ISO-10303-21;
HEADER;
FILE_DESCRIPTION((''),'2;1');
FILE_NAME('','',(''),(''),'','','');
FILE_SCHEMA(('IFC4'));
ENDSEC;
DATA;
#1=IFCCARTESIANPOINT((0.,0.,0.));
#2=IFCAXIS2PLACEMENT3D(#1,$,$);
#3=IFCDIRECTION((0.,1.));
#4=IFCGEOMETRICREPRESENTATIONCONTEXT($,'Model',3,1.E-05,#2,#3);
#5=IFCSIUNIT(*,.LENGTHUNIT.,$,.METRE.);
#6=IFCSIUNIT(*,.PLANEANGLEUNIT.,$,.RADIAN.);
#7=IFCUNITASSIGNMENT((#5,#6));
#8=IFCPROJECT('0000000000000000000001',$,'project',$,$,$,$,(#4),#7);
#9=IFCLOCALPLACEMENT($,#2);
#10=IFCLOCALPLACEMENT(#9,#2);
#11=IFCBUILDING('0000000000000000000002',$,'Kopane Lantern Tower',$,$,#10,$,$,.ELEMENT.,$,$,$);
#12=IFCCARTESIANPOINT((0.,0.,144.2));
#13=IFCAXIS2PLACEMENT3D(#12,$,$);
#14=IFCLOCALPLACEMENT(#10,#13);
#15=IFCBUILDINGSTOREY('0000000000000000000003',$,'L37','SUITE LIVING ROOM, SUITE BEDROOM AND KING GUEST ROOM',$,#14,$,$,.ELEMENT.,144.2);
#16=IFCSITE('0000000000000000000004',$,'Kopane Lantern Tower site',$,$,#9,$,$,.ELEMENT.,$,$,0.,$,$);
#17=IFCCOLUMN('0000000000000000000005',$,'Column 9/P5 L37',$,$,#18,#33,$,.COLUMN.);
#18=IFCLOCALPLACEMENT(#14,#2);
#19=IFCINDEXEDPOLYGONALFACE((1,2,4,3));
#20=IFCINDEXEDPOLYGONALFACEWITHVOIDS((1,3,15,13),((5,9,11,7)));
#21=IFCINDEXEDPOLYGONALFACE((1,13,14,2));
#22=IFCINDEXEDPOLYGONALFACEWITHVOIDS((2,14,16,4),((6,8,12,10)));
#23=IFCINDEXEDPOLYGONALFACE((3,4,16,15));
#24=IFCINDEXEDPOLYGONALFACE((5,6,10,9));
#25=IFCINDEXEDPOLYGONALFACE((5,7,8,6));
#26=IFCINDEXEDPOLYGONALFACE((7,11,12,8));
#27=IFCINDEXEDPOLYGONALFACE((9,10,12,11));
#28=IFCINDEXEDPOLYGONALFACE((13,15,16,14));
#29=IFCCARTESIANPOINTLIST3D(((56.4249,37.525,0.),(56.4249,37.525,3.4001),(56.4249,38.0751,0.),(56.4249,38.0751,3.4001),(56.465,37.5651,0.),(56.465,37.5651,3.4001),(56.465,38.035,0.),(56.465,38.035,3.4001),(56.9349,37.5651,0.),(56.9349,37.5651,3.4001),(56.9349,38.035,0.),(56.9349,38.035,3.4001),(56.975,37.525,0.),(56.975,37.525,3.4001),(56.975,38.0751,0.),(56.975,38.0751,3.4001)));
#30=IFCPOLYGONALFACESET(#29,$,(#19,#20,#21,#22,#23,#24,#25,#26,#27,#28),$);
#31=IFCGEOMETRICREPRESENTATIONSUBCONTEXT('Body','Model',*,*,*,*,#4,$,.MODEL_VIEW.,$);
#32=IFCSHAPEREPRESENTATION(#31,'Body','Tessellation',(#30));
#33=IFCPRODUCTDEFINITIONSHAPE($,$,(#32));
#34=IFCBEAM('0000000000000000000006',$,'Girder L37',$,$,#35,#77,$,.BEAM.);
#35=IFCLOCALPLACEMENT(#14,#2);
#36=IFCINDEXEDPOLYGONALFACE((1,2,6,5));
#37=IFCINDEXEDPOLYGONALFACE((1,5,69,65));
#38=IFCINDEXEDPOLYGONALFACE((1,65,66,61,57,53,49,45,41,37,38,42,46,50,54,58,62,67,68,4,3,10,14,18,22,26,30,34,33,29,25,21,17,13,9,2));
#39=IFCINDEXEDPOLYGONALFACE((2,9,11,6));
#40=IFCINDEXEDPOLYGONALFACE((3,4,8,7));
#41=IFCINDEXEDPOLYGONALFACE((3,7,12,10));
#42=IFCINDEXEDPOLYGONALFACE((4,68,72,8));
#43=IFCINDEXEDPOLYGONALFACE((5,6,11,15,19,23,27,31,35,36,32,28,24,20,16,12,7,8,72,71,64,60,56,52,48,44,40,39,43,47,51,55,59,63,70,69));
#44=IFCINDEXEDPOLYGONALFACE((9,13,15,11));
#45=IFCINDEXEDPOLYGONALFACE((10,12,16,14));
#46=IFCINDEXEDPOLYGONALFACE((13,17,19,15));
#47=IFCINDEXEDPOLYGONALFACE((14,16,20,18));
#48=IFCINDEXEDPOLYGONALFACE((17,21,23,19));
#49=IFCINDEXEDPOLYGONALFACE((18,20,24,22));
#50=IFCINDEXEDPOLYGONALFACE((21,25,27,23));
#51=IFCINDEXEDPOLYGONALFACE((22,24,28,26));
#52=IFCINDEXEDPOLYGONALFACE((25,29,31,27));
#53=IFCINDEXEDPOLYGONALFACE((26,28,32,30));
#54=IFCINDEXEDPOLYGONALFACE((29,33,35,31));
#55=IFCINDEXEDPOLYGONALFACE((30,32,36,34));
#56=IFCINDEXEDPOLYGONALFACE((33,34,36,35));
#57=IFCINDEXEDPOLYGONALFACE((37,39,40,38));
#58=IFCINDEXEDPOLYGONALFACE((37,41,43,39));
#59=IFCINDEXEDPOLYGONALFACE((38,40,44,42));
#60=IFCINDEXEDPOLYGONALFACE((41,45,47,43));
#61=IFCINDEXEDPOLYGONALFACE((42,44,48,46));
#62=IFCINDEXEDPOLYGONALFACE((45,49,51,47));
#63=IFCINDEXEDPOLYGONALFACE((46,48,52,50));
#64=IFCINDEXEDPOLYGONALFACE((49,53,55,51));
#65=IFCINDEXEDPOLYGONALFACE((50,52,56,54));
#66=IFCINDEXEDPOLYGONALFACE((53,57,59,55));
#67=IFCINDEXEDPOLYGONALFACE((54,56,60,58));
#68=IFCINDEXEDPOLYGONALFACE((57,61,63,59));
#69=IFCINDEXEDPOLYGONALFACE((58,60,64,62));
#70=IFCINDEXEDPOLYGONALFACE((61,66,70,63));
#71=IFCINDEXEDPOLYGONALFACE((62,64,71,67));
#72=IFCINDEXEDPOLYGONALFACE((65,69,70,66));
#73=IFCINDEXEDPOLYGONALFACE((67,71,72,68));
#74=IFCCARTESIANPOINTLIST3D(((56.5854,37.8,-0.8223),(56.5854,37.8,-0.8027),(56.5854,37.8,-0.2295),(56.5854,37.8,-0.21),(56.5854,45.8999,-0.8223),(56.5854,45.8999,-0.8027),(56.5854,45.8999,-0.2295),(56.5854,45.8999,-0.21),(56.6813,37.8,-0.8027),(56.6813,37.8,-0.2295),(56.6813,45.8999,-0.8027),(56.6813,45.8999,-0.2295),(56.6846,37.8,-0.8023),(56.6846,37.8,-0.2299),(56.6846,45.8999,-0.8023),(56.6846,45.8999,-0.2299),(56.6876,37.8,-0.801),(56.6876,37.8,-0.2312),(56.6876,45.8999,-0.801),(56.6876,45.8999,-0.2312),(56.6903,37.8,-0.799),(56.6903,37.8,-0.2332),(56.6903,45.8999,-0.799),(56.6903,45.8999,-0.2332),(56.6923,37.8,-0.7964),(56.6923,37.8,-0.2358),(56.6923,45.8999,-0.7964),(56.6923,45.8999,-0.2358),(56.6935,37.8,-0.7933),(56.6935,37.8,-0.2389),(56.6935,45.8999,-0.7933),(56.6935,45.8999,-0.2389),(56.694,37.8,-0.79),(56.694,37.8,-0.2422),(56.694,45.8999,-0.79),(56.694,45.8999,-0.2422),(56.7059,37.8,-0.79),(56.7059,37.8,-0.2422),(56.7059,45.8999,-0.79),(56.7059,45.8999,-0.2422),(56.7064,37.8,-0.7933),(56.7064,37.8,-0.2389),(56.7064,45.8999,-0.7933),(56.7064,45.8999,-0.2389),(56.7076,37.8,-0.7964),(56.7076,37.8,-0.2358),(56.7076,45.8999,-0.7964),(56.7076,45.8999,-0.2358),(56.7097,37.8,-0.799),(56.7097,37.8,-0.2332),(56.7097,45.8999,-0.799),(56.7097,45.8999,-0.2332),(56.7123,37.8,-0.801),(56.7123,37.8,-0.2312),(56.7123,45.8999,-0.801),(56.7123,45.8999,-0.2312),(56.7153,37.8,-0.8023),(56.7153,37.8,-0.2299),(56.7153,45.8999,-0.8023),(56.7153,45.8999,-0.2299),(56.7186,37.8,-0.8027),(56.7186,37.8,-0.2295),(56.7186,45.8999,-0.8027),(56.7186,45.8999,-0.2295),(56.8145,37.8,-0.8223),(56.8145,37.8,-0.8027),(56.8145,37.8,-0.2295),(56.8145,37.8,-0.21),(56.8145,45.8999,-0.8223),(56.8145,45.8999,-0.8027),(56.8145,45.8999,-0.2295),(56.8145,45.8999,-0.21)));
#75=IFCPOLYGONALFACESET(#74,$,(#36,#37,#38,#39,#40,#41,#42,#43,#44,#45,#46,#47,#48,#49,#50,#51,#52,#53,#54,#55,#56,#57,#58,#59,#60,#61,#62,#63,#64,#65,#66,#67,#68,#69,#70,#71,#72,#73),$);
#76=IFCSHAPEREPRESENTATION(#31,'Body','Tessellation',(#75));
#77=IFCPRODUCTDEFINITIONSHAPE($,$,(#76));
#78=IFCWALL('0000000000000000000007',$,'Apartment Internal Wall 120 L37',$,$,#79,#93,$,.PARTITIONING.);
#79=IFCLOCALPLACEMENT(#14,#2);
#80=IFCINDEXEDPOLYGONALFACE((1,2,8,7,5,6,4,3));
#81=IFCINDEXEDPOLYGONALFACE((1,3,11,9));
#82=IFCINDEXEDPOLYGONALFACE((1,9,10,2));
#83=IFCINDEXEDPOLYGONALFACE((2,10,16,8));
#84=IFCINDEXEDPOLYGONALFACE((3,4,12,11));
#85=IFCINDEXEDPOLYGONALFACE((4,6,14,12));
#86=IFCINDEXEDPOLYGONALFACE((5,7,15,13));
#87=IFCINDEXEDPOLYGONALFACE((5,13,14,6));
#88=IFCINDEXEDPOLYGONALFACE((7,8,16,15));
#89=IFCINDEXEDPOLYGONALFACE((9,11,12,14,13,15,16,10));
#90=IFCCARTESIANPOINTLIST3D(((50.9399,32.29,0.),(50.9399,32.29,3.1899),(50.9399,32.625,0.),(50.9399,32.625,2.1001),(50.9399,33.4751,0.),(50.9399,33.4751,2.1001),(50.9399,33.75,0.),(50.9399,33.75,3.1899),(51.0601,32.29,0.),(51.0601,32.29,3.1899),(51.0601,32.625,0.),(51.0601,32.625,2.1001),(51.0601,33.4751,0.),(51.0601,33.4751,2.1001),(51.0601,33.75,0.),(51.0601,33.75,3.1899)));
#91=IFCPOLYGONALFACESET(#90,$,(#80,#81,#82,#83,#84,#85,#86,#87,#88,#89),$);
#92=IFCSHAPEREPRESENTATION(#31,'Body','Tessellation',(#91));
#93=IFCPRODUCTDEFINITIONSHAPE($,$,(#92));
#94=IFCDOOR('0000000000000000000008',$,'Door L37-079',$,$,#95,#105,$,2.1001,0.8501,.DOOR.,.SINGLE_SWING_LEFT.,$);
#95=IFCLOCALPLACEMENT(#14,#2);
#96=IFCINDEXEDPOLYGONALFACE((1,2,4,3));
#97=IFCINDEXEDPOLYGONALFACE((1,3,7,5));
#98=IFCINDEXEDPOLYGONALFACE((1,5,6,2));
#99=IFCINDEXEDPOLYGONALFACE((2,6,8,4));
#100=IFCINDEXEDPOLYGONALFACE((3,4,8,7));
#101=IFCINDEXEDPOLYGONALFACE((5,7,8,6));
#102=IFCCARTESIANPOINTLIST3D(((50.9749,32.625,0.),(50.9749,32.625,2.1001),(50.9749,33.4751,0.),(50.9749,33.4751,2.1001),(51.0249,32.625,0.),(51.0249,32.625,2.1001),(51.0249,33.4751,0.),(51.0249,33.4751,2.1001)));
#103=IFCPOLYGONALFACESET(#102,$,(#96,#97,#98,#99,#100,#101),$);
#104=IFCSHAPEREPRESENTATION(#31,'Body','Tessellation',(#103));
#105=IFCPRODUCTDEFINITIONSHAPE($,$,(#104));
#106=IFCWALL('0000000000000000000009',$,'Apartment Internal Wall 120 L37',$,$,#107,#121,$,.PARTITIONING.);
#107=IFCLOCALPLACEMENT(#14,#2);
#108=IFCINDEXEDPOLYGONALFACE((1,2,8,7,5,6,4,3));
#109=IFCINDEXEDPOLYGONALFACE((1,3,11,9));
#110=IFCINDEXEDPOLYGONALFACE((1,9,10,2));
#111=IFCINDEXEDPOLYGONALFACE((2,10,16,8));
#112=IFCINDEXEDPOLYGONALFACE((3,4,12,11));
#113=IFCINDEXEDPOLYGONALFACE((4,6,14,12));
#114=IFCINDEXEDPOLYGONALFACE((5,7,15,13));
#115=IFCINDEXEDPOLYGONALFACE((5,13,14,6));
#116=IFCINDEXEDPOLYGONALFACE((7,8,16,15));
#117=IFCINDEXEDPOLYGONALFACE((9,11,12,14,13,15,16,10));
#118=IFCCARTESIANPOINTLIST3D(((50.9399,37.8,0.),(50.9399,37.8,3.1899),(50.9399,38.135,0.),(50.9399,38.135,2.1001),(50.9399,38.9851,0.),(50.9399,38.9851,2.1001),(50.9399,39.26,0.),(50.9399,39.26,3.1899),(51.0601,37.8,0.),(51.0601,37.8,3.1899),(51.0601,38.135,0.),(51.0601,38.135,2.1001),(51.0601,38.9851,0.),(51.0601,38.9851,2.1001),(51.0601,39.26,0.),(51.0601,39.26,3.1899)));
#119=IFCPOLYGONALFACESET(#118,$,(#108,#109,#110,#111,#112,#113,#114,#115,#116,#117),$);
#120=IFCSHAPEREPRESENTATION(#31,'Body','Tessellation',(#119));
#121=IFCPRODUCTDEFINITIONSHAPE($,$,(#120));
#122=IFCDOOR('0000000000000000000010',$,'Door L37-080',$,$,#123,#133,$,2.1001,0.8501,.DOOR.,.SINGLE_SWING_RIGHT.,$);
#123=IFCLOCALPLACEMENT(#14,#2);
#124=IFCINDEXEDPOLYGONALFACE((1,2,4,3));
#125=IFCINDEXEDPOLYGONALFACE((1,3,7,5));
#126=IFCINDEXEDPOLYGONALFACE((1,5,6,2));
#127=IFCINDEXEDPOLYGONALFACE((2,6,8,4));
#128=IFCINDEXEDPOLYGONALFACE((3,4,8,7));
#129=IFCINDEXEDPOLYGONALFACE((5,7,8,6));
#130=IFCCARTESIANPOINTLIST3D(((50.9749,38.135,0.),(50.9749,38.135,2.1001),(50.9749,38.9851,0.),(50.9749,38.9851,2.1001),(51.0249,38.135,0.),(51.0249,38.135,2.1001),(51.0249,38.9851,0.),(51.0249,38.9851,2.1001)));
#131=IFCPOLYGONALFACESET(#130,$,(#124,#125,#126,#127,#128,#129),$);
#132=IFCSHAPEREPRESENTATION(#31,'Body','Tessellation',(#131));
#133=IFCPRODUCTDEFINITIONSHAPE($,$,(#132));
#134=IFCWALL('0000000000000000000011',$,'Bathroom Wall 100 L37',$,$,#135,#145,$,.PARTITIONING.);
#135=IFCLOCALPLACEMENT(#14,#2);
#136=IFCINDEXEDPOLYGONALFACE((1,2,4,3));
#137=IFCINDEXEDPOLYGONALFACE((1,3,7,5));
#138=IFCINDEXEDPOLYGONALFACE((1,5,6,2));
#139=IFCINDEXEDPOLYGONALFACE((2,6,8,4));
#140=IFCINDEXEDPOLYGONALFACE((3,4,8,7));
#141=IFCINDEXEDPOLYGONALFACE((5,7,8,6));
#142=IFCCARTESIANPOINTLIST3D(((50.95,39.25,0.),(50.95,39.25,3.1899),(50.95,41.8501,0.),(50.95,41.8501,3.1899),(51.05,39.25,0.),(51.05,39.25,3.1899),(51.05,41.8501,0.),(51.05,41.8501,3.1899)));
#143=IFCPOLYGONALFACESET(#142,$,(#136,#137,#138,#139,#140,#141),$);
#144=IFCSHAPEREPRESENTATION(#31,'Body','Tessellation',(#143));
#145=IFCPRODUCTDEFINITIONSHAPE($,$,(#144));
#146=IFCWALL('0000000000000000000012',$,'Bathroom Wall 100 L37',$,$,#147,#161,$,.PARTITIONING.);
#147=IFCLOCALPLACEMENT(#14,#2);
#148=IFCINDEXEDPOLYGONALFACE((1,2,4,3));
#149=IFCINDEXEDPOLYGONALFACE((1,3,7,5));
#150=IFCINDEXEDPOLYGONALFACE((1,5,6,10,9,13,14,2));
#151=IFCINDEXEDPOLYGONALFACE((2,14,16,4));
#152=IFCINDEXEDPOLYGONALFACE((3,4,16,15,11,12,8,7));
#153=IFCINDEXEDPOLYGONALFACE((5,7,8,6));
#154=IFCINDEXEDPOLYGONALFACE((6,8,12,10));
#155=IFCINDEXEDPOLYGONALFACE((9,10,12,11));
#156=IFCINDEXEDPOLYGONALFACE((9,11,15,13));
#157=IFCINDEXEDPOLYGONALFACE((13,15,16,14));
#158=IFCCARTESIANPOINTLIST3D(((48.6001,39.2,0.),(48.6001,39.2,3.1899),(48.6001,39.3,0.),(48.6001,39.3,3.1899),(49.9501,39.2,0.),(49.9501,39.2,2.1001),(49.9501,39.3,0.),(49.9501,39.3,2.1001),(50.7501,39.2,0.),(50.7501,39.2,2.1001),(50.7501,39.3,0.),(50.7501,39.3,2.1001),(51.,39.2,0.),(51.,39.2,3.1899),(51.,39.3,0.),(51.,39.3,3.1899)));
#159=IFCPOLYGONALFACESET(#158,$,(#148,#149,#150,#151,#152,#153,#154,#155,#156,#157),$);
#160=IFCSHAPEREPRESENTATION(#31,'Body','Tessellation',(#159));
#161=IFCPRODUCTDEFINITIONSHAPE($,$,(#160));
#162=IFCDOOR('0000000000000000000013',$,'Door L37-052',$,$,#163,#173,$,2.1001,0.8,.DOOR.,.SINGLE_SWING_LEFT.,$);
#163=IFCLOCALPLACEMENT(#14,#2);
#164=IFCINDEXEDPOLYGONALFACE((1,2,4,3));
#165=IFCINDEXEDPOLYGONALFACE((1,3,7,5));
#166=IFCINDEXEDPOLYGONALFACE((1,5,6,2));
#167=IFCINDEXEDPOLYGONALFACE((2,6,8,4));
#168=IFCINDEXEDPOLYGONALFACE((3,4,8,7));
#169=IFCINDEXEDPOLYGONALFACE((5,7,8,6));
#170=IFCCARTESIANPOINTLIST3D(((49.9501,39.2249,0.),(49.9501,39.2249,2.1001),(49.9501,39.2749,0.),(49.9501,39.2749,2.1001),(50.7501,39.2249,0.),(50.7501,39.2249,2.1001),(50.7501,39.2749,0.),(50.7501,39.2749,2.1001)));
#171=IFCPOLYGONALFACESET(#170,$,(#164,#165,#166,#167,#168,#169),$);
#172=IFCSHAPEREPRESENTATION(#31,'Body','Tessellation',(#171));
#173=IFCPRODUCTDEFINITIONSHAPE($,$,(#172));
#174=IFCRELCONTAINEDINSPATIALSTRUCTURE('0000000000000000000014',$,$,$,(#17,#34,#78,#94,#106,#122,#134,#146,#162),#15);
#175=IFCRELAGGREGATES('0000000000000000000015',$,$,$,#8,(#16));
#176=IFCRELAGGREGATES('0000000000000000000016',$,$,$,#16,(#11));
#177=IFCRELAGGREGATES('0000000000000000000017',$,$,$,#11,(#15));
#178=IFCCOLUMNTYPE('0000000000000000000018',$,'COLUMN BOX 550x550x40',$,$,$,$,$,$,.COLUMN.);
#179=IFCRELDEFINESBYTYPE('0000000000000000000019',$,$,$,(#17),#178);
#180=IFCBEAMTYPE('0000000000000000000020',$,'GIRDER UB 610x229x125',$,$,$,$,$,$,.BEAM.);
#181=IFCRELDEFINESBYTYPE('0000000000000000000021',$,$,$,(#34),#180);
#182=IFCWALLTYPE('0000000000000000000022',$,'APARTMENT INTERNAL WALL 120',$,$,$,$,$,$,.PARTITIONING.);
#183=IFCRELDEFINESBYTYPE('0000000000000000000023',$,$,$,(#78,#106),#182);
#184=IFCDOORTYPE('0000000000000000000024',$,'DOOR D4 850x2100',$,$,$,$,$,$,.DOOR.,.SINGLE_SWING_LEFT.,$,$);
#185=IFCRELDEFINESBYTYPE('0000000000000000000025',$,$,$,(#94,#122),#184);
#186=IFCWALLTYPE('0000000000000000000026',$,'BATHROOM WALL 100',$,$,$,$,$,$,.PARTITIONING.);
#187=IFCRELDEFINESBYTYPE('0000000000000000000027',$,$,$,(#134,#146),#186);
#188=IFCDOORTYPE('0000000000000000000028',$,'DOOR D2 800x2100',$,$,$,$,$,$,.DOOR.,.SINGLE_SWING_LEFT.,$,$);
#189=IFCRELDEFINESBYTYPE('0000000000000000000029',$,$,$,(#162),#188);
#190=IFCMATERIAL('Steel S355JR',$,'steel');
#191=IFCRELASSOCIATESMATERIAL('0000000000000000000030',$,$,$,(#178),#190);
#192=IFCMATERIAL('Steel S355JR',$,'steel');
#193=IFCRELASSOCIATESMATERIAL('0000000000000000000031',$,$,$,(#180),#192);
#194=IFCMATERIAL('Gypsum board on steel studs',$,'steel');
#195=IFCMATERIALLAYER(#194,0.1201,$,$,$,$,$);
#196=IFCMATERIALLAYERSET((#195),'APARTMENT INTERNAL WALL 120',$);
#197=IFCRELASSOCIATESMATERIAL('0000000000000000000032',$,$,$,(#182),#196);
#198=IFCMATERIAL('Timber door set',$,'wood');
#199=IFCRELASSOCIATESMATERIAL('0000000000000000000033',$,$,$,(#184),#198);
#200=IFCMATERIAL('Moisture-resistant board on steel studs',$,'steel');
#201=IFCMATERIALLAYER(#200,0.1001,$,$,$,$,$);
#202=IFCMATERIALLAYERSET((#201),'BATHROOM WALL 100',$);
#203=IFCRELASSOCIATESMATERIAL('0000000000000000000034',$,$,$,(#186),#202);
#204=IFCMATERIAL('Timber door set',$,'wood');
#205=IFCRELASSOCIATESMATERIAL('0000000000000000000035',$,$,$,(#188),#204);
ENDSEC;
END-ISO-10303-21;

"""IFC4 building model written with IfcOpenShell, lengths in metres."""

from ifc_helpers import new_model, si_unit, direction, frame, frame_2d, origin, origin_2d, place, context, subcontext, project, spatial, rectangle, hollow_rectangle, i_section, extrude, material, layer, layer_set, material_profile, profile_set, type_object, element, fill, save


model = new_model("IFC4")

# Units and contexts
model_context = context("Model", 3, precision=1e-05, world=origin(), true_north=direction((0.0, 1.0)))
body_context = subcontext(model_context, "Body", "Model", "MODEL_VIEW")
ifc_project = project(units=[si_unit("LENGTHUNIT", "METRE"), si_unit("PLANEANGLEUNIT", "RADIAN")], contexts=[model_context])

# Site, building, storey
site_placement = place(None, origin())
site = spatial("IfcSite", under=ifc_project, at=site_placement, Name="Kopane Lantern Tower site", CompositionType="ELEMENT", RefElevation=0.0)
building_placement = place(site_placement, origin())
building = spatial("IfcBuilding", under=site, at=building_placement, Name="Kopane Lantern Tower", CompositionType="ELEMENT")
storey_placement = place(building_placement, frame((0.0, 0.0, 144.2)))
storey = spatial("IfcBuildingStorey", under=building, at=storey_placement, Name="L37", Description="SUITE LIVING ROOM, SUITE BEDROOM AND KING GUEST ROOM", CompositionType="ELEMENT", Elevation=144.2)

# Column
ifc_material_1 = material(Name="Steel S355JR", Category="steel")
ifc_material_profile_1 = material_profile(ifc_material_1, hollow_rectangle(XDim=0.55, YDim=0.55, WallThickness=0.04, at=origin_2d()), Name="BOX 550x550x40")
ifc_profile_set_1 = profile_set([ifc_material_profile_1], Name="Steel S355JR")
column_type = type_object("IfcColumnType", Name="COLUMN BOX 550x550x40", PredefinedType="COLUMN", material=ifc_profile_set_1)
column_placement = place(storey_placement, frame((56.7, 37.8, 0.0), z_axis=(0.0, 0.0, 1.0), x_axis=(1.0, 0.0, 0.0)))
element("IfcColumn", 1, at=column_placement, inside=storey, type_object=column_type, Name="Column 9/P5 L37", PredefinedType="COLUMN", context=body_context, shape_type="SweptSolid", body=[
    extrude(hollow_rectangle(XDim=0.55, YDim=0.55, WallThickness=0.04, at=origin_2d()), origin(), (0.0, 0.0, 1.0), 3.4001),
])

# Beam
ifc_material_2 = material(Name="Steel S355JR", Category="steel")
ifc_material_profile_2 = material_profile(ifc_material_2, i_section(OverallWidth=0.229, OverallDepth=0.6123, WebThickness=0.012, FlangeThickness=0.0195, FilletRadius=0.0127, at=origin_2d()), Name="UB 610x229x125")
ifc_profile_set_2 = profile_set([ifc_material_profile_2], Name="Steel S355JR")
beam_type = type_object("IfcBeamType", Name="GIRDER UB 610x229x125", PredefinedType="BEAM", material=ifc_profile_set_2)
beam_placement = place(storey_placement, frame((56.7, 37.8, -0.5161), z_axis=(0.0, 1.0, 0.0), x_axis=(-1.0, 0.0, 0.0)))
element("IfcBeam", 2, at=beam_placement, inside=storey, type_object=beam_type, Name="Girder L37", PredefinedType="BEAM", context=body_context, shape_type="SweptSolid", body=[
    extrude(i_section(OverallWidth=0.229, OverallDepth=0.6123, WebThickness=0.012, FlangeThickness=0.0195, FilletRadius=0.0127, at=origin_2d()), origin(), (0.0, 0.0, 1.0), 8.0999),
])

# Walls, openings, doors
ifc_material_3 = material(Name="Gypsum board on steel studs", Category="steel")
ifc_layer_1 = layer(ifc_material_3, 0.1201)
ifc_layer_set_1 = layer_set([ifc_layer_1], Name="APARTMENT INTERNAL WALL 120")
wall_type_1 = type_object("IfcWallType", Name="APARTMENT INTERNAL WALL 120", PredefinedType="PARTITIONING", material=ifc_layer_set_1)
wall_1_placement = place(storey_placement, frame((51.0, 33.75, 0.0), z_axis=(0.0, 0.0, 1.0), x_axis=(0.0, -1.0, 0.0)))
wall_1 = element("IfcWall", 3, at=wall_1_placement, inside=storey, type_object=wall_type_1, Name="Apartment Internal Wall 120 L37", PredefinedType="PARTITIONING", context=body_context, shape_type="SweptSolid", body=[
    extrude(rectangle(XDim=1.46, YDim=0.1201, at=frame_2d((0.73, 0.0))), origin(), (0.0, 0.0, 1.0), 3.1899),
])
opening_1_placement = place(wall_1_placement, frame((0.2749, 0.0, 0.0)))
opening_1 = element("IfcOpeningElement", 4, at=opening_1_placement, cuts=wall_1, PredefinedType="OPENING", context=body_context, shape_type="SweptSolid", body=[
    extrude(rectangle(XDim=0.8501, YDim=2.1001, at=frame_2d((0.425, 1.05))), frame((0.0, 0.0701, 0.0), z_axis=(0.0, -1.0, 0.0), x_axis=(1.0, 0.0, 0.0)), (0.0, 0.0, 1.0), 0.1401),
])
ifc_material_4 = material(Name="Timber door set", Category="wood")
door_type_1 = type_object("IfcDoorType", Name="DOOR D4 850x2100", OperationType="SINGLE_SWING_LEFT", PredefinedType="DOOR", material=ifc_material_4)
door_1_placement = place(opening_1_placement, origin())
door_1 = element("IfcDoor", 5, at=door_1_placement, inside=storey, type_object=door_type_1, Name="Door L37-079", OperationType="SINGLE_SWING_LEFT", OverallHeight=2.1001, OverallWidth=0.8501, PredefinedType="DOOR", context=body_context, shape_type="SweptSolid", body=[
    extrude(rectangle(XDim=0.8501, YDim=2.1001, at=frame_2d((0.425, 1.05))), frame((0.0, 0.0249, 0.0), z_axis=(0.0, -1.0, 0.0), x_axis=(1.0, 0.0, 0.0)), (0.0, 0.0, 1.0), 0.05),
])
fill(opening_1, door_1)
wall_2_placement = place(storey_placement, frame((51.0, 39.26, 0.0), z_axis=(0.0, 0.0, 1.0), x_axis=(0.0, -1.0, 0.0)))
wall_2 = element("IfcWall", 6, at=wall_2_placement, inside=storey, type_object=wall_type_1, Name="Apartment Internal Wall 120 L37", PredefinedType="PARTITIONING", context=body_context, shape_type="SweptSolid", body=[
    extrude(rectangle(XDim=1.46, YDim=0.1201, at=frame_2d((0.73, 0.0))), origin(), (0.0, 0.0, 1.0), 3.1899),
])
opening_2_placement = place(wall_2_placement, frame((0.2749, 0.0, 0.0)))
opening_2 = element("IfcOpeningElement", 7, at=opening_2_placement, cuts=wall_2, PredefinedType="OPENING", context=body_context, shape_type="SweptSolid", body=[
    extrude(rectangle(XDim=0.8501, YDim=2.1001, at=frame_2d((0.425, 1.05))), frame((0.0, 0.0701, 0.0), z_axis=(0.0, -1.0, 0.0), x_axis=(1.0, 0.0, 0.0)), (0.0, 0.0, 1.0), 0.1401),
])
door_2_placement = place(opening_2_placement, origin())
door_2 = element("IfcDoor", 8, at=door_2_placement, inside=storey, type_object=door_type_1, Name="Door L37-080", OperationType="SINGLE_SWING_RIGHT", OverallHeight=2.1001, OverallWidth=0.8501, PredefinedType="DOOR", context=body_context, shape_type="SweptSolid", body=[
    extrude(rectangle(XDim=0.8501, YDim=2.1001, at=frame_2d((0.425, 1.05))), frame((0.0, 0.0249, 0.0), z_axis=(0.0, -1.0, 0.0), x_axis=(1.0, 0.0, 0.0)), (0.0, 0.0, 1.0), 0.05),
])
fill(opening_2, door_2)

# Wall
ifc_material_5 = material(Name="Moisture-resistant board on steel studs", Category="steel")
ifc_layer_2 = layer(ifc_material_5, 0.1001)
ifc_layer_set_2 = layer_set([ifc_layer_2], Name="BATHROOM WALL 100")
wall_type_2 = type_object("IfcWallType", Name="BATHROOM WALL 100", PredefinedType="PARTITIONING", material=ifc_layer_set_2)
wall_3_placement = place(storey_placement, frame((51.0, 39.25, 0.0), z_axis=(0.0, 0.0, 1.0), x_axis=(0.0, 1.0, 0.0)))
element("IfcWall", 9, at=wall_3_placement, inside=storey, type_object=wall_type_2, Name="Bathroom Wall 100 L37", PredefinedType="PARTITIONING", context=body_context, shape_type="SweptSolid", body=[
    extrude(rectangle(XDim=2.6001, YDim=0.1001, at=frame_2d((1.3, 0.0))), origin(), (0.0, 0.0, 1.0), 3.1899),
])

# Wall, opening, door
wall_4_placement = place(storey_placement, frame((48.6001, 39.25, 0.0), z_axis=(0.0, 0.0, 1.0), x_axis=(1.0, 0.0, 0.0)))
wall_4 = element("IfcWall", 10, at=wall_4_placement, inside=storey, type_object=wall_type_2, Name="Bathroom Wall 100 L37", PredefinedType="PARTITIONING", context=body_context, shape_type="SweptSolid", body=[
    extrude(rectangle(XDim=2.3999, YDim=0.1001, at=frame_2d((1.2, 0.0))), origin(), (0.0, 0.0, 1.0), 3.1899),
])
opening_3_placement = place(wall_4_placement, frame((1.3501, 0.0, 0.0)))
opening_3 = element("IfcOpeningElement", 11, at=opening_3_placement, cuts=wall_4, PredefinedType="OPENING", context=body_context, shape_type="SweptSolid", body=[
    extrude(rectangle(XDim=0.8, YDim=2.1001, at=frame_2d((0.3999, 1.05))), frame((0.0, 0.0601, 0.0), z_axis=(0.0, -1.0, 0.0), x_axis=(1.0, 0.0, 0.0)), (0.0, 0.0, 1.0), 0.1201),
])
ifc_material_6 = material(Name="Timber door set", Category="wood")
door_type_2 = type_object("IfcDoorType", Name="DOOR D2 800x2100", OperationType="SINGLE_SWING_LEFT", PredefinedType="DOOR", material=ifc_material_6)
door_3_placement = place(opening_3_placement, origin())
door_3 = element("IfcDoor", 12, at=door_3_placement, inside=storey, type_object=door_type_2, Name="Door L37-052", OperationType="SINGLE_SWING_LEFT", OverallHeight=2.1001, OverallWidth=0.8, PredefinedType="DOOR", context=body_context, shape_type="SweptSolid", body=[
    extrude(rectangle(XDim=0.8, YDim=2.1001, at=frame_2d((0.3999, 1.05))), frame((0.0, 0.0249, 0.0), z_axis=(0.0, -1.0, 0.0), x_axis=(1.0, 0.0, 0.0)), (0.0, 0.0, 1.0), 0.05),
])
fill(opening_3, door_3)

save(model, "model.ifc")
